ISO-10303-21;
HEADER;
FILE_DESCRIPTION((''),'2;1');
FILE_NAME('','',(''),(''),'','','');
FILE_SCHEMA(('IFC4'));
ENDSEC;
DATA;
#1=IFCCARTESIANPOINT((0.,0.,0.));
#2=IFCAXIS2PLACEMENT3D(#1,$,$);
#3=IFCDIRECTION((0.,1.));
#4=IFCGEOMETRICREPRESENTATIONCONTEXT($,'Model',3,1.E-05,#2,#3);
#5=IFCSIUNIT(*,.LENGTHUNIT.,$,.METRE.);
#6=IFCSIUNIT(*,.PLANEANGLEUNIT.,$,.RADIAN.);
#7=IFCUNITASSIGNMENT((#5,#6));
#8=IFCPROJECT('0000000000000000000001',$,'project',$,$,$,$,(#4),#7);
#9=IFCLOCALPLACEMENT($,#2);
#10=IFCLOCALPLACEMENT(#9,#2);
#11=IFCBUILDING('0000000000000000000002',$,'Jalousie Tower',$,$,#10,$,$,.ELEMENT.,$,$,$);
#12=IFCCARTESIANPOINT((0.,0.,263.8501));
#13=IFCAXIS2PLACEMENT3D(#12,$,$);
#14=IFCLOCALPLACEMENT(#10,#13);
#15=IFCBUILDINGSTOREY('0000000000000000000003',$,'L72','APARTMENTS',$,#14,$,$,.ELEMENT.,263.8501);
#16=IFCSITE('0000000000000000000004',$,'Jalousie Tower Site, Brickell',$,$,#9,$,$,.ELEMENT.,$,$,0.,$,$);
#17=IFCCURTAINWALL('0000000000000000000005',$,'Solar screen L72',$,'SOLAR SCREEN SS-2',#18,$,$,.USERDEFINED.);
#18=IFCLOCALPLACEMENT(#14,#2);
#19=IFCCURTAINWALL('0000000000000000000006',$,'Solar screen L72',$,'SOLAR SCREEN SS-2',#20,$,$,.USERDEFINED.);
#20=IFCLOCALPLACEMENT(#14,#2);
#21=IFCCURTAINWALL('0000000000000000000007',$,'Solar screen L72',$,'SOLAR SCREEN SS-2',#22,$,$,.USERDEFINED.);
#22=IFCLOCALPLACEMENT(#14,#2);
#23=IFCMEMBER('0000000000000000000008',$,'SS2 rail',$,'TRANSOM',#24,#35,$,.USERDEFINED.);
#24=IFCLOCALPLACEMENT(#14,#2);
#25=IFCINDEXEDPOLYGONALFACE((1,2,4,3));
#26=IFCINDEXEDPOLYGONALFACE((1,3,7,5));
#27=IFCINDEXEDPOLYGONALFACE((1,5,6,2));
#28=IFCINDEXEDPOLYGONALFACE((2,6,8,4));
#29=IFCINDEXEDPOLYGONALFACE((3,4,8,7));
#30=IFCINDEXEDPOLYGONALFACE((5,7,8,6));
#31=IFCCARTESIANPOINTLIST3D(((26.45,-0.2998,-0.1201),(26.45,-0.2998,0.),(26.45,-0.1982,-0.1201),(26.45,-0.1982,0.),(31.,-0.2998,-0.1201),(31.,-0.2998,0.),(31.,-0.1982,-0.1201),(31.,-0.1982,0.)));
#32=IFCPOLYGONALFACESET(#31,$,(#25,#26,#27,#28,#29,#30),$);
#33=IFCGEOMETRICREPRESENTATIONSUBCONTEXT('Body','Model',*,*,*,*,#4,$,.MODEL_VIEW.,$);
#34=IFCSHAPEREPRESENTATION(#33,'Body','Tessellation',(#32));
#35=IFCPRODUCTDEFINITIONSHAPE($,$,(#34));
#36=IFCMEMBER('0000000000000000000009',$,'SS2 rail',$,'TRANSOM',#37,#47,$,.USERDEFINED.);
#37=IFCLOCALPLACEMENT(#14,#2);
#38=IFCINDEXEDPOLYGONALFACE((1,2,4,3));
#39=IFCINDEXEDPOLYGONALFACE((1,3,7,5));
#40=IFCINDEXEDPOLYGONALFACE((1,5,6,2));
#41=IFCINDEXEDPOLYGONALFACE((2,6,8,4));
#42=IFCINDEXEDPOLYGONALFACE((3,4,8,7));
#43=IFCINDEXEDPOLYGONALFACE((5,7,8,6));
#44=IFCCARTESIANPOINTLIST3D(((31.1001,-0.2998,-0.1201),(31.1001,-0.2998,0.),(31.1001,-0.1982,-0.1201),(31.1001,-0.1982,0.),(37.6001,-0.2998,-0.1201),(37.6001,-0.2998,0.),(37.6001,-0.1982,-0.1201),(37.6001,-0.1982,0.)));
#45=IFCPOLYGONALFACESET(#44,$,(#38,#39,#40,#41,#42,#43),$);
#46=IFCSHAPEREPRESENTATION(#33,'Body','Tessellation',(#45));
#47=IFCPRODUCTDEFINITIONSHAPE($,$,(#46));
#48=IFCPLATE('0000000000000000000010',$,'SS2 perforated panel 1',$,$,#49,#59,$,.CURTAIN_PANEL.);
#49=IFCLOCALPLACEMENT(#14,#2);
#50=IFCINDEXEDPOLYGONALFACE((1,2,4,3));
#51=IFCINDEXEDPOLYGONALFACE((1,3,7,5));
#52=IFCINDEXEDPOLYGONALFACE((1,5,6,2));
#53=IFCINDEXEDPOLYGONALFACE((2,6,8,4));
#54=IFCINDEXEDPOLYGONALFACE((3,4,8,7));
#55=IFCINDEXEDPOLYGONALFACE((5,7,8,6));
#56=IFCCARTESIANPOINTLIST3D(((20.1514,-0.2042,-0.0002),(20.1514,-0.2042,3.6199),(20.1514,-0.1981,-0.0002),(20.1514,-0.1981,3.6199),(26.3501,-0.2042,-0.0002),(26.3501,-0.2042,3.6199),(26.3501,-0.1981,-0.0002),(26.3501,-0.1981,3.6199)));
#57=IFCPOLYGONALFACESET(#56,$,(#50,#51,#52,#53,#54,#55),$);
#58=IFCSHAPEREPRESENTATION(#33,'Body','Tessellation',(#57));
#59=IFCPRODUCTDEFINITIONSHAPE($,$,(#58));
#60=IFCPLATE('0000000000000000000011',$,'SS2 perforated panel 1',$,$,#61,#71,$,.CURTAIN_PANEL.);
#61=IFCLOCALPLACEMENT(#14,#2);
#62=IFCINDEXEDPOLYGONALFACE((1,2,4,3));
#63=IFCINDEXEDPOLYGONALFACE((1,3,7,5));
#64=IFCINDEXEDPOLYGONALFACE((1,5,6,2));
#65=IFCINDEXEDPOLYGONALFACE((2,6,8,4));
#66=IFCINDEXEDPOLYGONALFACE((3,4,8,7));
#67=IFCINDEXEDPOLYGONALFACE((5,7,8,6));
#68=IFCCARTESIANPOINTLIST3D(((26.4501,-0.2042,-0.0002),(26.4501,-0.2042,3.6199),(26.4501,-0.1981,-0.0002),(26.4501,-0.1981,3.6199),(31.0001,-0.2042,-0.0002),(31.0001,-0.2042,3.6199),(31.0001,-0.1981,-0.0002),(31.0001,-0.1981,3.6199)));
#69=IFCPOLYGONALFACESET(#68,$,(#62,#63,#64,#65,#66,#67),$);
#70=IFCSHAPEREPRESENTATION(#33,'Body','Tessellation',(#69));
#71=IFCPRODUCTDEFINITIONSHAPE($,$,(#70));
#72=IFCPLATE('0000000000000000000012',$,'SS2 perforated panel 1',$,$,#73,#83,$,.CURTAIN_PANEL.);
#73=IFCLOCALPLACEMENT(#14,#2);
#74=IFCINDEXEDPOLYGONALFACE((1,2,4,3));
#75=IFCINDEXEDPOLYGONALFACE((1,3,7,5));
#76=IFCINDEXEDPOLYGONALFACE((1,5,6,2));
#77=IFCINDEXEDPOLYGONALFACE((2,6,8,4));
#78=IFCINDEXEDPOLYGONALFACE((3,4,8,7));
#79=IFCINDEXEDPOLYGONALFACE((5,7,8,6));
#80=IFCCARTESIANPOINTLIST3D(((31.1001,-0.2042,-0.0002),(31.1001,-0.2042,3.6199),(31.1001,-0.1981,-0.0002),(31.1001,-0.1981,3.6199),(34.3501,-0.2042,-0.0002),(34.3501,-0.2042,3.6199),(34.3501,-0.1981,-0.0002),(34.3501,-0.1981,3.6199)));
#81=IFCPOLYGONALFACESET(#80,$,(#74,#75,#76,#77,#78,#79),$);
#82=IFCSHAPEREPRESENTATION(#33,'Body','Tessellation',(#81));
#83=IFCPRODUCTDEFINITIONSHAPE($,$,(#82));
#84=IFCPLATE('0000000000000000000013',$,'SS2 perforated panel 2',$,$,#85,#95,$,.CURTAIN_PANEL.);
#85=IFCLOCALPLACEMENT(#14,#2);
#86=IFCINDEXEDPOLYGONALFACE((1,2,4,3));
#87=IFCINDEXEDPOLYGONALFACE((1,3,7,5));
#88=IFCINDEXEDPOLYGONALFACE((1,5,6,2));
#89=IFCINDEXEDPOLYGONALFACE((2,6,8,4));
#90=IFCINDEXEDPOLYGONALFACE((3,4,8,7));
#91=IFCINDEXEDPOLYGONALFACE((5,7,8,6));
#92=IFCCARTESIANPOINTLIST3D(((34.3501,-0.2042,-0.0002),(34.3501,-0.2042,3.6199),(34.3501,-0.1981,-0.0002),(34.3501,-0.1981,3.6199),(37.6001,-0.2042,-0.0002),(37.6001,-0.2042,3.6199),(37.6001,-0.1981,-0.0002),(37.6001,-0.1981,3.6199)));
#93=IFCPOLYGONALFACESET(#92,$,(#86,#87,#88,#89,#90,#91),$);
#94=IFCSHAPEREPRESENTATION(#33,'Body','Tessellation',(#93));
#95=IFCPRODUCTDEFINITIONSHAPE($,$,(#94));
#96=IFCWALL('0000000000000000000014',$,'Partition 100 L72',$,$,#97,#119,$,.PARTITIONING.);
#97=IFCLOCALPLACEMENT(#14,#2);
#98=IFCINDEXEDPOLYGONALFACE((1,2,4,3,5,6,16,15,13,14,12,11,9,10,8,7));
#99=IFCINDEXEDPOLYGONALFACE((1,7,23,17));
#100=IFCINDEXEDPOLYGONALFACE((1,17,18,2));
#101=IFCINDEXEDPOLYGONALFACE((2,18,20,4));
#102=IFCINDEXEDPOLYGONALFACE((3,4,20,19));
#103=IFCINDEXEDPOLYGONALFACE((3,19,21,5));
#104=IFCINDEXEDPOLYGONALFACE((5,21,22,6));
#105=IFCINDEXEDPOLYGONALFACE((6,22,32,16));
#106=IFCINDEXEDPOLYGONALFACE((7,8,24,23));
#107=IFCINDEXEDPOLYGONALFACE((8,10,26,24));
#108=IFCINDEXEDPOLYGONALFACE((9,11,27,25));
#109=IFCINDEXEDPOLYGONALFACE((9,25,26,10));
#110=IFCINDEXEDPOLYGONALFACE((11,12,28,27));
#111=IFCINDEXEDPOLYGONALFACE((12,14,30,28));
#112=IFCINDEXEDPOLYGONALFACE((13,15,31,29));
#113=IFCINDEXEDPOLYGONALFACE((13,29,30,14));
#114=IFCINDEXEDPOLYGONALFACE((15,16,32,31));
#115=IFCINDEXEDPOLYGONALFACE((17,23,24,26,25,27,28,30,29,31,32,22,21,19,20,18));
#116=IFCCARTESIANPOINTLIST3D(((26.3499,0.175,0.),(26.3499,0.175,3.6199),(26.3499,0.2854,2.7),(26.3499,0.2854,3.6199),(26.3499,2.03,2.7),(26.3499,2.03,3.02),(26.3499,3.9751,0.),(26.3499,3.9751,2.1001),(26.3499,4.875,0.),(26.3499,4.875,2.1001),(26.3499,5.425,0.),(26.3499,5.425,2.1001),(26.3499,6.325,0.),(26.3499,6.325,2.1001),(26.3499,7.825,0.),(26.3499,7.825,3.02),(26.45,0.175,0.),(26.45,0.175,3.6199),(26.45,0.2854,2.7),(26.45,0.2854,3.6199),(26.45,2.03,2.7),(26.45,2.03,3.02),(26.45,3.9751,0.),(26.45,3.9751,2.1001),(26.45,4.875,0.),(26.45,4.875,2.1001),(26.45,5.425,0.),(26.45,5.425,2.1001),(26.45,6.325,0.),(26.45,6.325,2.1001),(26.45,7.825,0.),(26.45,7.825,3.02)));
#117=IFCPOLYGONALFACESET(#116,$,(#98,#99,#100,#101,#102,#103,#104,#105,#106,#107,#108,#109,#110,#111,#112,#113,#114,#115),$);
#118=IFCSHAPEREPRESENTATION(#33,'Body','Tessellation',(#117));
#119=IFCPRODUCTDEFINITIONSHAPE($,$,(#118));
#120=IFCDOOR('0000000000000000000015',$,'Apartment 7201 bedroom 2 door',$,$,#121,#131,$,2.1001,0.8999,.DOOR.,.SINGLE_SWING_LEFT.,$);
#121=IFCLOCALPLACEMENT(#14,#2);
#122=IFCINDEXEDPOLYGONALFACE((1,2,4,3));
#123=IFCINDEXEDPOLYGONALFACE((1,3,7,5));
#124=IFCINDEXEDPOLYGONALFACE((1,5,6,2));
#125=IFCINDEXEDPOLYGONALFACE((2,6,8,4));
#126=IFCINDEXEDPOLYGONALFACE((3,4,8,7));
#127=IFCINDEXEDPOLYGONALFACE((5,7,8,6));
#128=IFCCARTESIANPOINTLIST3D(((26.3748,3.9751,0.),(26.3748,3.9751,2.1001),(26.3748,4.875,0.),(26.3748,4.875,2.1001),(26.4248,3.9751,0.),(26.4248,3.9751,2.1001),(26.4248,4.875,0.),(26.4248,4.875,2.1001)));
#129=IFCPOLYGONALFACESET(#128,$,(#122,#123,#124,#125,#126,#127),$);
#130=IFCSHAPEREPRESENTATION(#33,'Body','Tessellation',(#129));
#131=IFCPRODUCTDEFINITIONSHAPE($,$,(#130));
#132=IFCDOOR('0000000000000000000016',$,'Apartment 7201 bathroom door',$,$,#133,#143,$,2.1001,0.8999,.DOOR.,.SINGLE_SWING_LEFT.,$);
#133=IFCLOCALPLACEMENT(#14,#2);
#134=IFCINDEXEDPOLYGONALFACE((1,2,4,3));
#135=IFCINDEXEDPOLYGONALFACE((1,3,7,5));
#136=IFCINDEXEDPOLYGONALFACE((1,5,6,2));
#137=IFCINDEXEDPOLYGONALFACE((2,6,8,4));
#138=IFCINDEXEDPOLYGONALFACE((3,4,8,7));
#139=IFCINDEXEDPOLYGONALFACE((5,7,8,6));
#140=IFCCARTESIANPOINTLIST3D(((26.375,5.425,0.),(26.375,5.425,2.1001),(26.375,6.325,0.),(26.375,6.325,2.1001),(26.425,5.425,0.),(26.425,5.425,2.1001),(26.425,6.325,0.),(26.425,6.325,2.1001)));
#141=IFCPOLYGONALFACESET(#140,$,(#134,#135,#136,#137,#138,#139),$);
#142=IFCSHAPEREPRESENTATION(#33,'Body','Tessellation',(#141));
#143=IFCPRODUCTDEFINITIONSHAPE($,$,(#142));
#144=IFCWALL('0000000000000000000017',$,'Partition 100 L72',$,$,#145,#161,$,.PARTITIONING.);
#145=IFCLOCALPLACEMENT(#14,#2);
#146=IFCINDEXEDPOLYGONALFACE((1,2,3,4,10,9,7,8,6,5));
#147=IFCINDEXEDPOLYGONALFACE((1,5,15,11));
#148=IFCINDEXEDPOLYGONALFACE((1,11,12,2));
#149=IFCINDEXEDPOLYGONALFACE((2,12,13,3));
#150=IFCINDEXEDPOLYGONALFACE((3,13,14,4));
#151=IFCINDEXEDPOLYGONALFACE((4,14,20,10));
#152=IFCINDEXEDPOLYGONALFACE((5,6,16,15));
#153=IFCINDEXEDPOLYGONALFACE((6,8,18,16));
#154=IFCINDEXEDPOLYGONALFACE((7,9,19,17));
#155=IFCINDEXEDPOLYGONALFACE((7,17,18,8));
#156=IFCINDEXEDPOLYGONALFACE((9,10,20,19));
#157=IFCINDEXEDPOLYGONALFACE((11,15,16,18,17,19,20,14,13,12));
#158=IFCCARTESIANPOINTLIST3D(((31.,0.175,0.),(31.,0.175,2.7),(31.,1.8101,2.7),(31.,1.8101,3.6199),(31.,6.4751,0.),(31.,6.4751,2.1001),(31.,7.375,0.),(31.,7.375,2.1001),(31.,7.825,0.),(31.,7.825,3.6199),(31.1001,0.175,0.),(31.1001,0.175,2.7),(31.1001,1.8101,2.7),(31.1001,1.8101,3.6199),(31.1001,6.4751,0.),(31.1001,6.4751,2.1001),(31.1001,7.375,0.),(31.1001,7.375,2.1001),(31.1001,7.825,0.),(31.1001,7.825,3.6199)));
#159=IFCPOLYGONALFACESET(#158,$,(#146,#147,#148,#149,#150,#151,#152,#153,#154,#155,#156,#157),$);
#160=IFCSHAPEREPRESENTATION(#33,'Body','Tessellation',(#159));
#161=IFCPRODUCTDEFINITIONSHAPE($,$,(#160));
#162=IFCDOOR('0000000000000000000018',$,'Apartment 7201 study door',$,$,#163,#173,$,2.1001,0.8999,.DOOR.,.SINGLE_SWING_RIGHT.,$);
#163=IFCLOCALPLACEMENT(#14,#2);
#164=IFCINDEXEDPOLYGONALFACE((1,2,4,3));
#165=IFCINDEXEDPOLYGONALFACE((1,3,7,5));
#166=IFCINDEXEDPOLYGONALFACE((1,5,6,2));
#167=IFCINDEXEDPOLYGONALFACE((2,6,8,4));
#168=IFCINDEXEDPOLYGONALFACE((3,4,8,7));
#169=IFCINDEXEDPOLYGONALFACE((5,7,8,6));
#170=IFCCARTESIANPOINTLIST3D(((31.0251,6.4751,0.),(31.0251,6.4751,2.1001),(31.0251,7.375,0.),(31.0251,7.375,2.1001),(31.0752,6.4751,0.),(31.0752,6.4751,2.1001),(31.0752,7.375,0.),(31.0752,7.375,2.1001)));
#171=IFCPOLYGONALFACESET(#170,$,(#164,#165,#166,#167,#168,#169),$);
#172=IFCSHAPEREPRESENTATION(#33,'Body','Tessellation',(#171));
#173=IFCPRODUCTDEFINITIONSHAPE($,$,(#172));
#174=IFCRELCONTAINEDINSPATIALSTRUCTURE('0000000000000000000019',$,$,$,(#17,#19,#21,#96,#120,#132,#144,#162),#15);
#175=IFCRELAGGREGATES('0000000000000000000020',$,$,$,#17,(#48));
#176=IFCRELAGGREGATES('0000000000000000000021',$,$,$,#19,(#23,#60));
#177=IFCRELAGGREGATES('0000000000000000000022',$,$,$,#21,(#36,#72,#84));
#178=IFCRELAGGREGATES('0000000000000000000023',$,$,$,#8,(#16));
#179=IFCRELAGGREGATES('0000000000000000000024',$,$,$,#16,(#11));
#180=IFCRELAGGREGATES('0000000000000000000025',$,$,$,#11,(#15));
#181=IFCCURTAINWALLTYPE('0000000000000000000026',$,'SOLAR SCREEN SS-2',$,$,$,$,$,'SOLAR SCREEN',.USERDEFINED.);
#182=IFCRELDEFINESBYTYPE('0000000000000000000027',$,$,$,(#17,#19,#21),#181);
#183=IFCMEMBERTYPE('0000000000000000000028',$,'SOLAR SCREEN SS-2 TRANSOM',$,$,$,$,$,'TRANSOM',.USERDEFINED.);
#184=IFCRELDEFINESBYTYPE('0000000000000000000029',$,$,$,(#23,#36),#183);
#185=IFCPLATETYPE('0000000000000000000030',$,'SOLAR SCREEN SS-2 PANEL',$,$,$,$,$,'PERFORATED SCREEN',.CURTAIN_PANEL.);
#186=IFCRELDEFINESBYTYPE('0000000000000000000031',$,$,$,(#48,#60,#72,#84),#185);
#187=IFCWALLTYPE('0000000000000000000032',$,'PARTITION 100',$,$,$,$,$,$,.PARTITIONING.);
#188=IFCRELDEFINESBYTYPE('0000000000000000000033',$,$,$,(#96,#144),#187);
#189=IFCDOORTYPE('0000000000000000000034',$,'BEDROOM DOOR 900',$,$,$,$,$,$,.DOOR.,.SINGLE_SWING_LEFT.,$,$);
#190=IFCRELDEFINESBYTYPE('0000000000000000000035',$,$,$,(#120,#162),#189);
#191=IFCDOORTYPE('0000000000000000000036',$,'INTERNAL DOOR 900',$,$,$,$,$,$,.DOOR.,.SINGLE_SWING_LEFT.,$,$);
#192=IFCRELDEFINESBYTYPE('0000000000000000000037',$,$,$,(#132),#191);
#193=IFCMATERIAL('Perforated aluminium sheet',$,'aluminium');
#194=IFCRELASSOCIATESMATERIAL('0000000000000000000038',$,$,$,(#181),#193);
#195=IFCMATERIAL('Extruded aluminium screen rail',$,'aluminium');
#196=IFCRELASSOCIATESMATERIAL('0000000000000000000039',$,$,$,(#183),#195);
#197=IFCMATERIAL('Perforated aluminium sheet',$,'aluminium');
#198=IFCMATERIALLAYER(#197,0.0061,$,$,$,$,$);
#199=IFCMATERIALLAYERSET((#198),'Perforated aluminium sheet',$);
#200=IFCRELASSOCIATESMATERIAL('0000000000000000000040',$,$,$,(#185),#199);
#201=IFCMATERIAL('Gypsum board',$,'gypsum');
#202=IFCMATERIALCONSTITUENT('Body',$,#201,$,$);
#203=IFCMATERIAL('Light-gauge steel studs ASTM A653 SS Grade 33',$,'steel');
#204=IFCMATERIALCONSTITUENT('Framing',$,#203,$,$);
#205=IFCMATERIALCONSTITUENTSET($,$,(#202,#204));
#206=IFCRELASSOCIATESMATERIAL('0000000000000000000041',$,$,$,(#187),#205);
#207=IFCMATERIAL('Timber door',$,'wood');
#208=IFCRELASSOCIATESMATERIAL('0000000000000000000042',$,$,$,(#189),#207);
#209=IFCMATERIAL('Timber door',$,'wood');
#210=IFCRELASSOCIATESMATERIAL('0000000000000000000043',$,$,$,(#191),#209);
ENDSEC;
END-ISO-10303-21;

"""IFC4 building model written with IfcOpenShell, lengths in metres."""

from ifc_helpers import new_model, si_unit, direction, frame, frame_2d, origin, origin_2d, place, context, subcontext, project, spatial, polyline, rectangle, outline, extrude, material, layer, layer_set, constituent, constituent_set, material_profile, profile_set, type_object, element, fill, aggregate, save


model = new_model("IFC4")

# Units and contexts
model_context = context("Model", 3, precision=1e-05, world=origin(), true_north=direction((0.0, 1.0)))
body_context = subcontext(model_context, "Body", "Model", "MODEL_VIEW")
ifc_project = project(units=[si_unit("LENGTHUNIT", "METRE"), si_unit("PLANEANGLEUNIT", "RADIAN")], contexts=[model_context])

# Site, building, storey
site_placement = place(None, origin())
site = spatial("IfcSite", under=ifc_project, at=site_placement, Name="Jalousie Tower Site, Brickell", CompositionType="ELEMENT", RefElevation=0.0)
building_placement = place(site_placement, origin())
building = spatial("IfcBuilding", under=site, at=building_placement, Name="Jalousie Tower", CompositionType="ELEMENT")
storey_placement = place(building_placement, frame((0.0, 0.0, 263.8501)))
storey = spatial("IfcBuildingStorey", under=building, at=storey_placement, Name="L72", Description="APARTMENTS", CompositionType="ELEMENT", Elevation=263.8501)

# Curtain wall
ifc_material_1 = material(Name="Perforated aluminium sheet", Category="aluminium")
curtain_wall_type = type_object("IfcCurtainWallType", Name="SOLAR SCREEN SS-2", ElementType="SOLAR SCREEN", PredefinedType="USERDEFINED", material=ifc_material_1)
curtain_wall_1_placement = place(storey_placement, origin())
curtain_wall_1 = element("IfcCurtainWall", 1, at=curtain_wall_1_placement, inside=storey, type_object=curtain_wall_type, Name="Solar screen L72", ObjectType="SOLAR SCREEN SS-2", PredefinedType="USERDEFINED")

# Curtain walls
curtain_wall_2_placement = place(storey_placement, origin())
curtain_wall_2 = element("IfcCurtainWall", 2, at=curtain_wall_2_placement, inside=storey, type_object=curtain_wall_type, Name="Solar screen L72", ObjectType="SOLAR SCREEN SS-2", PredefinedType="USERDEFINED")
curtain_wall_3_placement = place(storey_placement, origin())
curtain_wall_3 = element("IfcCurtainWall", 3, at=curtain_wall_3_placement, inside=storey, type_object=curtain_wall_type, Name="Solar screen L72", ObjectType="SOLAR SCREEN SS-2", PredefinedType="USERDEFINED")

# Members
ifc_material_2 = material(Name="Extruded aluminium screen rail", Category="aluminium")
ifc_material_profile_1 = material_profile(ifc_material_2, rectangle(XDim=0.1016, YDim=0.1201, at=origin_2d()), Name="RAIL 102x120")
ifc_profile_set_1 = profile_set([ifc_material_profile_1], Name="Extruded aluminium screen rail")
member_type_1 = type_object("IfcMemberType", Name="SOLAR SCREEN SS-2 TRANSOM", ElementType="TRANSOM", PredefinedType="USERDEFINED", material=ifc_profile_set_1)
member_1_placement = place(storey_placement, frame((26.45, -0.249, -0.0601), z_axis=(1.0, 0.0, 0.0), x_axis=(0.0, 1.0, 0.0)))
member_1 = element("IfcMember", 4, at=member_1_placement, type_object=member_type_1, Name="SS2 rail", ObjectType="TRANSOM", PredefinedType="USERDEFINED", context=body_context, shape_type="SweptSolid", body=[
    extrude(rectangle(XDim=0.1016, YDim=0.1201, at=origin_2d()), origin(), (0.0, 0.0, 1.0), 4.55),
])
member_2_placement = place(storey_placement, frame((31.1001, -0.249, -0.0601), z_axis=(1.0, 0.0, 0.0), x_axis=(0.0, 1.0, 0.0)))
member_2 = element("IfcMember", 5, at=member_2_placement, type_object=member_type_1, Name="SS2 rail", ObjectType="TRANSOM", PredefinedType="USERDEFINED", context=body_context, shape_type="SweptSolid", body=[
    extrude(rectangle(XDim=0.1016, YDim=0.1201, at=origin_2d()), origin(), (0.0, 0.0, 1.0), 6.5),
])

# Plates
ifc_material_3 = material(Name="Perforated aluminium sheet", Category="aluminium")
ifc_layer = layer(ifc_material_3, 0.0061)
ifc_layer_set = layer_set([ifc_layer], Name="Perforated aluminium sheet")
plate_type = type_object("IfcPlateType", Name="SOLAR SCREEN SS-2 PANEL", ElementType="PERFORATED SCREEN", PredefinedType="CURTAIN_PANEL", material=ifc_layer_set)
plate_1_placement = place(storey_placement, frame((23.2507, -0.2012, -0.0002), z_axis=(0.0, 0.0, 1.0), x_axis=(1.0, 0.0, 0.0)))
plate_1 = element("IfcPlate", 6, at=plate_1_placement, type_object=plate_type, Name="SS2 perforated panel 1", PredefinedType="CURTAIN_PANEL", context=body_context, shape_type="SweptSolid", body=[
    extrude(rectangle(XDim=6.1987, YDim=0.0061, at=origin_2d()), origin(), (0.0, 0.0, 1.0), 3.6201),
])
aggregate(curtain_wall_1, [plate_1])
plate_2_placement = place(storey_placement, frame((28.7251, -0.2012, -0.0002), z_axis=(0.0, 0.0, 1.0), x_axis=(1.0, 0.0, 0.0)))
plate_2 = element("IfcPlate", 7, at=plate_2_placement, type_object=plate_type, Name="SS2 perforated panel 1", PredefinedType="CURTAIN_PANEL", context=body_context, shape_type="SweptSolid", body=[
    extrude(rectangle(XDim=4.55, YDim=0.0061, at=origin_2d()), origin(), (0.0, 0.0, 1.0), 3.6201),
])
aggregate(curtain_wall_2, [member_1, plate_2])
plate_3_placement = place(storey_placement, frame((32.7251, -0.2012, -0.0002), z_axis=(0.0, 0.0, 1.0), x_axis=(1.0, 0.0, 0.0)))
plate_3 = element("IfcPlate", 8, at=plate_3_placement, type_object=plate_type, Name="SS2 perforated panel 1", PredefinedType="CURTAIN_PANEL", context=body_context, shape_type="SweptSolid", body=[
    extrude(rectangle(XDim=3.25, YDim=0.0061, at=origin_2d()), origin(), (0.0, 0.0, 1.0), 3.6201),
])
plate_4_placement = place(storey_placement, frame((35.9751, -0.2012, -0.0002), z_axis=(0.0, 0.0, 1.0), x_axis=(1.0, 0.0, 0.0)))
plate_4 = element("IfcPlate", 9, at=plate_4_placement, type_object=plate_type, Name="SS2 perforated panel 2", PredefinedType="CURTAIN_PANEL", context=body_context, shape_type="SweptSolid", body=[
    extrude(rectangle(XDim=3.25, YDim=0.0061, at=origin_2d()), origin(), (0.0, 0.0, 1.0), 3.6201),
])
aggregate(curtain_wall_3, [member_2, plate_3, plate_4])

# Wall, openings, doors
ifc_material_4 = material(Name="Gypsum board", Category="gypsum")
ifc_constituent_1 = constituent(ifc_material_4, Name="Body")
ifc_material_5 = material(Name="Light-gauge steel studs ASTM A653 SS Grade 33", Category="steel")
ifc_constituent_2 = constituent(ifc_material_5, Name="Framing")
ifc_constituent_set = constituent_set(constituents=[ifc_constituent_1, ifc_constituent_2])
wall_type = type_object("IfcWallType", Name="PARTITION 100", PredefinedType="PARTITIONING", material=ifc_constituent_set)
wall_1_placement = place(storey_placement, frame((26.3999, 0.175, 0.0), z_axis=(0.0, 0.0, 1.0), x_axis=(0.0, 1.0, 0.0)))
wall_1 = element("IfcWall", 10, at=wall_1_placement, inside=storey, type_object=wall_type, Name="Partition 100 L72", PredefinedType="PARTITIONING", context=body_context, shape_type="SweptSolid", body=[
    extrude(outline(polyline([(0.0, 0.0), (7.6499, 0.0), (7.6499, 3.6199), (7.6499, 3.02), (1.855, 3.02), (1.855, 2.7), (0.1104, 2.7), (0.1104, 3.6199), (0.0, 3.6199), (0.0, 0.0)])), frame((0.0, 0.05, 0.0), z_axis=(0.0, -1.0, 0.0), x_axis=(1.0, 0.0, 0.0)), (0.0, 0.0, 1.0), 0.1001),
])
opening_1_placement = place(wall_1_placement, frame((3.8, 0.0, 0.0)))
opening_1 = element("IfcOpeningElement", 11, at=opening_1_placement, cuts=wall_1, PredefinedType="OPENING", context=body_context, shape_type="SweptSolid", body=[
    extrude(rectangle(XDim=0.8999, YDim=2.1001, at=frame_2d((0.45, 1.05))), frame((0.0, 0.0601, 0.0), z_axis=(0.0, -1.0, 0.0), x_axis=(1.0, 0.0, 0.0)), (0.0, 0.0, 1.0), 0.1201),
])
opening_2_placement = place(wall_1_placement, frame((5.25, 0.0, 0.0)))
opening_2 = element("IfcOpeningElement", 12, at=opening_2_placement, cuts=wall_1, PredefinedType="OPENING", context=body_context, shape_type="SweptSolid", body=[
    extrude(rectangle(XDim=0.8999, YDim=2.1001, at=frame_2d((0.45, 1.05))), frame((0.0, 0.0601, 0.0), z_axis=(0.0, -1.0, 0.0), x_axis=(1.0, 0.0, 0.0)), (0.0, 0.0, 1.0), 0.1201),
])
ifc_material_6 = material(Name="Timber door", Category="wood")
door_type_1 = type_object("IfcDoorType", Name="BEDROOM DOOR 900", OperationType="SINGLE_SWING_LEFT", PredefinedType="DOOR", material=ifc_material_6)
door_1_placement = place(opening_1_placement, frame((0.8999, 0.0, 0.0), z_axis=(0.0, 0.0, 1.0), x_axis=(-1.0, 0.0, 0.0)))
door_1 = element("IfcDoor", 13, at=door_1_placement, inside=storey, type_object=door_type_1, Name="Apartment 7201 bedroom 2 door", OperationType="SINGLE_SWING_LEFT", OverallHeight=2.1001, OverallWidth=0.8999, PredefinedType="DOOR", context=body_context, shape_type="SweptSolid", body=[
    extrude(rectangle(XDim=0.8999, YDim=2.1001, at=frame_2d((0.45, 1.05))), frame((0.0, 0.0249, 0.0), z_axis=(0.0, -1.0, 0.0), x_axis=(1.0, 0.0, 0.0)), (0.0, 0.0, 1.0), 0.05),
])
fill(opening_1, door_1)
ifc_material_7 = material(Name="Timber door", Category="wood")
door_type_2 = type_object("IfcDoorType", Name="INTERNAL DOOR 900", OperationType="SINGLE_SWING_LEFT", PredefinedType="DOOR", material=ifc_material_7)
door_2_placement = place(opening_2_placement, origin())
door_2 = element("IfcDoor", 14, at=door_2_placement, inside=storey, type_object=door_type_2, Name="Apartment 7201 bathroom door", OperationType="SINGLE_SWING_LEFT", OverallHeight=2.1001, OverallWidth=0.8999, PredefinedType="DOOR", context=body_context, shape_type="SweptSolid", body=[
    extrude(rectangle(XDim=0.8999, YDim=2.1001, at=frame_2d((0.45, 1.05))), frame((0.0, 0.0249, 0.0), z_axis=(0.0, -1.0, 0.0), x_axis=(1.0, 0.0, 0.0)), (0.0, 0.0, 1.0), 0.05),
])
fill(opening_2, door_2)

# Wall, opening, door
wall_2_placement = place(storey_placement, frame((31.05, 0.175, 0.0), z_axis=(0.0, 0.0, 1.0), x_axis=(0.0, 1.0, 0.0)))
wall_2 = element("IfcWall", 15, at=wall_2_placement, inside=storey, type_object=wall_type, Name="Partition 100 L72", PredefinedType="PARTITIONING", context=body_context, shape_type="SweptSolid", body=[
    extrude(outline(polyline([(0.0, 0.0), (7.6499, 0.0), (7.6499, 3.6199), (1.635, 3.6199), (1.635, 2.7), (0.0, 2.7), (0.0, 3.6199), (0.0, 0.0)])), frame((0.0, 0.05, 0.0), z_axis=(0.0, -1.0, 0.0), x_axis=(1.0, 0.0, 0.0)), (0.0, 0.0, 1.0), 0.1001),
])
opening_3_placement = place(wall_2_placement, frame((6.3, 0.0, 0.0)))
opening_3 = element("IfcOpeningElement", 16, at=opening_3_placement, cuts=wall_2, PredefinedType="OPENING", context=body_context, shape_type="SweptSolid", body=[
    extrude(rectangle(XDim=0.8999, YDim=2.1001, at=frame_2d((0.45, 1.05))), frame((0.0, 0.0601, 0.0), z_axis=(0.0, -1.0, 0.0), x_axis=(1.0, 0.0, 0.0)), (0.0, 0.0, 1.0), 0.1201),
])
door_3_placement = place(opening_3_placement, origin())
door_3 = element("IfcDoor", 17, at=door_3_placement, inside=storey, type_object=door_type_1, Name="Apartment 7201 study door", OperationType="SINGLE_SWING_RIGHT", OverallHeight=2.1001, OverallWidth=0.8999, PredefinedType="DOOR", context=body_context, shape_type="SweptSolid", body=[
    extrude(rectangle(XDim=0.8999, YDim=2.1001, at=frame_2d((0.45, 1.05))), frame((0.0, 0.0249, 0.0), z_axis=(0.0, -1.0, 0.0), x_axis=(1.0, 0.0, 0.0)), (0.0, 0.0, 1.0), 0.05),
])
fill(opening_3, door_3)

save(model, "model.ifc")
